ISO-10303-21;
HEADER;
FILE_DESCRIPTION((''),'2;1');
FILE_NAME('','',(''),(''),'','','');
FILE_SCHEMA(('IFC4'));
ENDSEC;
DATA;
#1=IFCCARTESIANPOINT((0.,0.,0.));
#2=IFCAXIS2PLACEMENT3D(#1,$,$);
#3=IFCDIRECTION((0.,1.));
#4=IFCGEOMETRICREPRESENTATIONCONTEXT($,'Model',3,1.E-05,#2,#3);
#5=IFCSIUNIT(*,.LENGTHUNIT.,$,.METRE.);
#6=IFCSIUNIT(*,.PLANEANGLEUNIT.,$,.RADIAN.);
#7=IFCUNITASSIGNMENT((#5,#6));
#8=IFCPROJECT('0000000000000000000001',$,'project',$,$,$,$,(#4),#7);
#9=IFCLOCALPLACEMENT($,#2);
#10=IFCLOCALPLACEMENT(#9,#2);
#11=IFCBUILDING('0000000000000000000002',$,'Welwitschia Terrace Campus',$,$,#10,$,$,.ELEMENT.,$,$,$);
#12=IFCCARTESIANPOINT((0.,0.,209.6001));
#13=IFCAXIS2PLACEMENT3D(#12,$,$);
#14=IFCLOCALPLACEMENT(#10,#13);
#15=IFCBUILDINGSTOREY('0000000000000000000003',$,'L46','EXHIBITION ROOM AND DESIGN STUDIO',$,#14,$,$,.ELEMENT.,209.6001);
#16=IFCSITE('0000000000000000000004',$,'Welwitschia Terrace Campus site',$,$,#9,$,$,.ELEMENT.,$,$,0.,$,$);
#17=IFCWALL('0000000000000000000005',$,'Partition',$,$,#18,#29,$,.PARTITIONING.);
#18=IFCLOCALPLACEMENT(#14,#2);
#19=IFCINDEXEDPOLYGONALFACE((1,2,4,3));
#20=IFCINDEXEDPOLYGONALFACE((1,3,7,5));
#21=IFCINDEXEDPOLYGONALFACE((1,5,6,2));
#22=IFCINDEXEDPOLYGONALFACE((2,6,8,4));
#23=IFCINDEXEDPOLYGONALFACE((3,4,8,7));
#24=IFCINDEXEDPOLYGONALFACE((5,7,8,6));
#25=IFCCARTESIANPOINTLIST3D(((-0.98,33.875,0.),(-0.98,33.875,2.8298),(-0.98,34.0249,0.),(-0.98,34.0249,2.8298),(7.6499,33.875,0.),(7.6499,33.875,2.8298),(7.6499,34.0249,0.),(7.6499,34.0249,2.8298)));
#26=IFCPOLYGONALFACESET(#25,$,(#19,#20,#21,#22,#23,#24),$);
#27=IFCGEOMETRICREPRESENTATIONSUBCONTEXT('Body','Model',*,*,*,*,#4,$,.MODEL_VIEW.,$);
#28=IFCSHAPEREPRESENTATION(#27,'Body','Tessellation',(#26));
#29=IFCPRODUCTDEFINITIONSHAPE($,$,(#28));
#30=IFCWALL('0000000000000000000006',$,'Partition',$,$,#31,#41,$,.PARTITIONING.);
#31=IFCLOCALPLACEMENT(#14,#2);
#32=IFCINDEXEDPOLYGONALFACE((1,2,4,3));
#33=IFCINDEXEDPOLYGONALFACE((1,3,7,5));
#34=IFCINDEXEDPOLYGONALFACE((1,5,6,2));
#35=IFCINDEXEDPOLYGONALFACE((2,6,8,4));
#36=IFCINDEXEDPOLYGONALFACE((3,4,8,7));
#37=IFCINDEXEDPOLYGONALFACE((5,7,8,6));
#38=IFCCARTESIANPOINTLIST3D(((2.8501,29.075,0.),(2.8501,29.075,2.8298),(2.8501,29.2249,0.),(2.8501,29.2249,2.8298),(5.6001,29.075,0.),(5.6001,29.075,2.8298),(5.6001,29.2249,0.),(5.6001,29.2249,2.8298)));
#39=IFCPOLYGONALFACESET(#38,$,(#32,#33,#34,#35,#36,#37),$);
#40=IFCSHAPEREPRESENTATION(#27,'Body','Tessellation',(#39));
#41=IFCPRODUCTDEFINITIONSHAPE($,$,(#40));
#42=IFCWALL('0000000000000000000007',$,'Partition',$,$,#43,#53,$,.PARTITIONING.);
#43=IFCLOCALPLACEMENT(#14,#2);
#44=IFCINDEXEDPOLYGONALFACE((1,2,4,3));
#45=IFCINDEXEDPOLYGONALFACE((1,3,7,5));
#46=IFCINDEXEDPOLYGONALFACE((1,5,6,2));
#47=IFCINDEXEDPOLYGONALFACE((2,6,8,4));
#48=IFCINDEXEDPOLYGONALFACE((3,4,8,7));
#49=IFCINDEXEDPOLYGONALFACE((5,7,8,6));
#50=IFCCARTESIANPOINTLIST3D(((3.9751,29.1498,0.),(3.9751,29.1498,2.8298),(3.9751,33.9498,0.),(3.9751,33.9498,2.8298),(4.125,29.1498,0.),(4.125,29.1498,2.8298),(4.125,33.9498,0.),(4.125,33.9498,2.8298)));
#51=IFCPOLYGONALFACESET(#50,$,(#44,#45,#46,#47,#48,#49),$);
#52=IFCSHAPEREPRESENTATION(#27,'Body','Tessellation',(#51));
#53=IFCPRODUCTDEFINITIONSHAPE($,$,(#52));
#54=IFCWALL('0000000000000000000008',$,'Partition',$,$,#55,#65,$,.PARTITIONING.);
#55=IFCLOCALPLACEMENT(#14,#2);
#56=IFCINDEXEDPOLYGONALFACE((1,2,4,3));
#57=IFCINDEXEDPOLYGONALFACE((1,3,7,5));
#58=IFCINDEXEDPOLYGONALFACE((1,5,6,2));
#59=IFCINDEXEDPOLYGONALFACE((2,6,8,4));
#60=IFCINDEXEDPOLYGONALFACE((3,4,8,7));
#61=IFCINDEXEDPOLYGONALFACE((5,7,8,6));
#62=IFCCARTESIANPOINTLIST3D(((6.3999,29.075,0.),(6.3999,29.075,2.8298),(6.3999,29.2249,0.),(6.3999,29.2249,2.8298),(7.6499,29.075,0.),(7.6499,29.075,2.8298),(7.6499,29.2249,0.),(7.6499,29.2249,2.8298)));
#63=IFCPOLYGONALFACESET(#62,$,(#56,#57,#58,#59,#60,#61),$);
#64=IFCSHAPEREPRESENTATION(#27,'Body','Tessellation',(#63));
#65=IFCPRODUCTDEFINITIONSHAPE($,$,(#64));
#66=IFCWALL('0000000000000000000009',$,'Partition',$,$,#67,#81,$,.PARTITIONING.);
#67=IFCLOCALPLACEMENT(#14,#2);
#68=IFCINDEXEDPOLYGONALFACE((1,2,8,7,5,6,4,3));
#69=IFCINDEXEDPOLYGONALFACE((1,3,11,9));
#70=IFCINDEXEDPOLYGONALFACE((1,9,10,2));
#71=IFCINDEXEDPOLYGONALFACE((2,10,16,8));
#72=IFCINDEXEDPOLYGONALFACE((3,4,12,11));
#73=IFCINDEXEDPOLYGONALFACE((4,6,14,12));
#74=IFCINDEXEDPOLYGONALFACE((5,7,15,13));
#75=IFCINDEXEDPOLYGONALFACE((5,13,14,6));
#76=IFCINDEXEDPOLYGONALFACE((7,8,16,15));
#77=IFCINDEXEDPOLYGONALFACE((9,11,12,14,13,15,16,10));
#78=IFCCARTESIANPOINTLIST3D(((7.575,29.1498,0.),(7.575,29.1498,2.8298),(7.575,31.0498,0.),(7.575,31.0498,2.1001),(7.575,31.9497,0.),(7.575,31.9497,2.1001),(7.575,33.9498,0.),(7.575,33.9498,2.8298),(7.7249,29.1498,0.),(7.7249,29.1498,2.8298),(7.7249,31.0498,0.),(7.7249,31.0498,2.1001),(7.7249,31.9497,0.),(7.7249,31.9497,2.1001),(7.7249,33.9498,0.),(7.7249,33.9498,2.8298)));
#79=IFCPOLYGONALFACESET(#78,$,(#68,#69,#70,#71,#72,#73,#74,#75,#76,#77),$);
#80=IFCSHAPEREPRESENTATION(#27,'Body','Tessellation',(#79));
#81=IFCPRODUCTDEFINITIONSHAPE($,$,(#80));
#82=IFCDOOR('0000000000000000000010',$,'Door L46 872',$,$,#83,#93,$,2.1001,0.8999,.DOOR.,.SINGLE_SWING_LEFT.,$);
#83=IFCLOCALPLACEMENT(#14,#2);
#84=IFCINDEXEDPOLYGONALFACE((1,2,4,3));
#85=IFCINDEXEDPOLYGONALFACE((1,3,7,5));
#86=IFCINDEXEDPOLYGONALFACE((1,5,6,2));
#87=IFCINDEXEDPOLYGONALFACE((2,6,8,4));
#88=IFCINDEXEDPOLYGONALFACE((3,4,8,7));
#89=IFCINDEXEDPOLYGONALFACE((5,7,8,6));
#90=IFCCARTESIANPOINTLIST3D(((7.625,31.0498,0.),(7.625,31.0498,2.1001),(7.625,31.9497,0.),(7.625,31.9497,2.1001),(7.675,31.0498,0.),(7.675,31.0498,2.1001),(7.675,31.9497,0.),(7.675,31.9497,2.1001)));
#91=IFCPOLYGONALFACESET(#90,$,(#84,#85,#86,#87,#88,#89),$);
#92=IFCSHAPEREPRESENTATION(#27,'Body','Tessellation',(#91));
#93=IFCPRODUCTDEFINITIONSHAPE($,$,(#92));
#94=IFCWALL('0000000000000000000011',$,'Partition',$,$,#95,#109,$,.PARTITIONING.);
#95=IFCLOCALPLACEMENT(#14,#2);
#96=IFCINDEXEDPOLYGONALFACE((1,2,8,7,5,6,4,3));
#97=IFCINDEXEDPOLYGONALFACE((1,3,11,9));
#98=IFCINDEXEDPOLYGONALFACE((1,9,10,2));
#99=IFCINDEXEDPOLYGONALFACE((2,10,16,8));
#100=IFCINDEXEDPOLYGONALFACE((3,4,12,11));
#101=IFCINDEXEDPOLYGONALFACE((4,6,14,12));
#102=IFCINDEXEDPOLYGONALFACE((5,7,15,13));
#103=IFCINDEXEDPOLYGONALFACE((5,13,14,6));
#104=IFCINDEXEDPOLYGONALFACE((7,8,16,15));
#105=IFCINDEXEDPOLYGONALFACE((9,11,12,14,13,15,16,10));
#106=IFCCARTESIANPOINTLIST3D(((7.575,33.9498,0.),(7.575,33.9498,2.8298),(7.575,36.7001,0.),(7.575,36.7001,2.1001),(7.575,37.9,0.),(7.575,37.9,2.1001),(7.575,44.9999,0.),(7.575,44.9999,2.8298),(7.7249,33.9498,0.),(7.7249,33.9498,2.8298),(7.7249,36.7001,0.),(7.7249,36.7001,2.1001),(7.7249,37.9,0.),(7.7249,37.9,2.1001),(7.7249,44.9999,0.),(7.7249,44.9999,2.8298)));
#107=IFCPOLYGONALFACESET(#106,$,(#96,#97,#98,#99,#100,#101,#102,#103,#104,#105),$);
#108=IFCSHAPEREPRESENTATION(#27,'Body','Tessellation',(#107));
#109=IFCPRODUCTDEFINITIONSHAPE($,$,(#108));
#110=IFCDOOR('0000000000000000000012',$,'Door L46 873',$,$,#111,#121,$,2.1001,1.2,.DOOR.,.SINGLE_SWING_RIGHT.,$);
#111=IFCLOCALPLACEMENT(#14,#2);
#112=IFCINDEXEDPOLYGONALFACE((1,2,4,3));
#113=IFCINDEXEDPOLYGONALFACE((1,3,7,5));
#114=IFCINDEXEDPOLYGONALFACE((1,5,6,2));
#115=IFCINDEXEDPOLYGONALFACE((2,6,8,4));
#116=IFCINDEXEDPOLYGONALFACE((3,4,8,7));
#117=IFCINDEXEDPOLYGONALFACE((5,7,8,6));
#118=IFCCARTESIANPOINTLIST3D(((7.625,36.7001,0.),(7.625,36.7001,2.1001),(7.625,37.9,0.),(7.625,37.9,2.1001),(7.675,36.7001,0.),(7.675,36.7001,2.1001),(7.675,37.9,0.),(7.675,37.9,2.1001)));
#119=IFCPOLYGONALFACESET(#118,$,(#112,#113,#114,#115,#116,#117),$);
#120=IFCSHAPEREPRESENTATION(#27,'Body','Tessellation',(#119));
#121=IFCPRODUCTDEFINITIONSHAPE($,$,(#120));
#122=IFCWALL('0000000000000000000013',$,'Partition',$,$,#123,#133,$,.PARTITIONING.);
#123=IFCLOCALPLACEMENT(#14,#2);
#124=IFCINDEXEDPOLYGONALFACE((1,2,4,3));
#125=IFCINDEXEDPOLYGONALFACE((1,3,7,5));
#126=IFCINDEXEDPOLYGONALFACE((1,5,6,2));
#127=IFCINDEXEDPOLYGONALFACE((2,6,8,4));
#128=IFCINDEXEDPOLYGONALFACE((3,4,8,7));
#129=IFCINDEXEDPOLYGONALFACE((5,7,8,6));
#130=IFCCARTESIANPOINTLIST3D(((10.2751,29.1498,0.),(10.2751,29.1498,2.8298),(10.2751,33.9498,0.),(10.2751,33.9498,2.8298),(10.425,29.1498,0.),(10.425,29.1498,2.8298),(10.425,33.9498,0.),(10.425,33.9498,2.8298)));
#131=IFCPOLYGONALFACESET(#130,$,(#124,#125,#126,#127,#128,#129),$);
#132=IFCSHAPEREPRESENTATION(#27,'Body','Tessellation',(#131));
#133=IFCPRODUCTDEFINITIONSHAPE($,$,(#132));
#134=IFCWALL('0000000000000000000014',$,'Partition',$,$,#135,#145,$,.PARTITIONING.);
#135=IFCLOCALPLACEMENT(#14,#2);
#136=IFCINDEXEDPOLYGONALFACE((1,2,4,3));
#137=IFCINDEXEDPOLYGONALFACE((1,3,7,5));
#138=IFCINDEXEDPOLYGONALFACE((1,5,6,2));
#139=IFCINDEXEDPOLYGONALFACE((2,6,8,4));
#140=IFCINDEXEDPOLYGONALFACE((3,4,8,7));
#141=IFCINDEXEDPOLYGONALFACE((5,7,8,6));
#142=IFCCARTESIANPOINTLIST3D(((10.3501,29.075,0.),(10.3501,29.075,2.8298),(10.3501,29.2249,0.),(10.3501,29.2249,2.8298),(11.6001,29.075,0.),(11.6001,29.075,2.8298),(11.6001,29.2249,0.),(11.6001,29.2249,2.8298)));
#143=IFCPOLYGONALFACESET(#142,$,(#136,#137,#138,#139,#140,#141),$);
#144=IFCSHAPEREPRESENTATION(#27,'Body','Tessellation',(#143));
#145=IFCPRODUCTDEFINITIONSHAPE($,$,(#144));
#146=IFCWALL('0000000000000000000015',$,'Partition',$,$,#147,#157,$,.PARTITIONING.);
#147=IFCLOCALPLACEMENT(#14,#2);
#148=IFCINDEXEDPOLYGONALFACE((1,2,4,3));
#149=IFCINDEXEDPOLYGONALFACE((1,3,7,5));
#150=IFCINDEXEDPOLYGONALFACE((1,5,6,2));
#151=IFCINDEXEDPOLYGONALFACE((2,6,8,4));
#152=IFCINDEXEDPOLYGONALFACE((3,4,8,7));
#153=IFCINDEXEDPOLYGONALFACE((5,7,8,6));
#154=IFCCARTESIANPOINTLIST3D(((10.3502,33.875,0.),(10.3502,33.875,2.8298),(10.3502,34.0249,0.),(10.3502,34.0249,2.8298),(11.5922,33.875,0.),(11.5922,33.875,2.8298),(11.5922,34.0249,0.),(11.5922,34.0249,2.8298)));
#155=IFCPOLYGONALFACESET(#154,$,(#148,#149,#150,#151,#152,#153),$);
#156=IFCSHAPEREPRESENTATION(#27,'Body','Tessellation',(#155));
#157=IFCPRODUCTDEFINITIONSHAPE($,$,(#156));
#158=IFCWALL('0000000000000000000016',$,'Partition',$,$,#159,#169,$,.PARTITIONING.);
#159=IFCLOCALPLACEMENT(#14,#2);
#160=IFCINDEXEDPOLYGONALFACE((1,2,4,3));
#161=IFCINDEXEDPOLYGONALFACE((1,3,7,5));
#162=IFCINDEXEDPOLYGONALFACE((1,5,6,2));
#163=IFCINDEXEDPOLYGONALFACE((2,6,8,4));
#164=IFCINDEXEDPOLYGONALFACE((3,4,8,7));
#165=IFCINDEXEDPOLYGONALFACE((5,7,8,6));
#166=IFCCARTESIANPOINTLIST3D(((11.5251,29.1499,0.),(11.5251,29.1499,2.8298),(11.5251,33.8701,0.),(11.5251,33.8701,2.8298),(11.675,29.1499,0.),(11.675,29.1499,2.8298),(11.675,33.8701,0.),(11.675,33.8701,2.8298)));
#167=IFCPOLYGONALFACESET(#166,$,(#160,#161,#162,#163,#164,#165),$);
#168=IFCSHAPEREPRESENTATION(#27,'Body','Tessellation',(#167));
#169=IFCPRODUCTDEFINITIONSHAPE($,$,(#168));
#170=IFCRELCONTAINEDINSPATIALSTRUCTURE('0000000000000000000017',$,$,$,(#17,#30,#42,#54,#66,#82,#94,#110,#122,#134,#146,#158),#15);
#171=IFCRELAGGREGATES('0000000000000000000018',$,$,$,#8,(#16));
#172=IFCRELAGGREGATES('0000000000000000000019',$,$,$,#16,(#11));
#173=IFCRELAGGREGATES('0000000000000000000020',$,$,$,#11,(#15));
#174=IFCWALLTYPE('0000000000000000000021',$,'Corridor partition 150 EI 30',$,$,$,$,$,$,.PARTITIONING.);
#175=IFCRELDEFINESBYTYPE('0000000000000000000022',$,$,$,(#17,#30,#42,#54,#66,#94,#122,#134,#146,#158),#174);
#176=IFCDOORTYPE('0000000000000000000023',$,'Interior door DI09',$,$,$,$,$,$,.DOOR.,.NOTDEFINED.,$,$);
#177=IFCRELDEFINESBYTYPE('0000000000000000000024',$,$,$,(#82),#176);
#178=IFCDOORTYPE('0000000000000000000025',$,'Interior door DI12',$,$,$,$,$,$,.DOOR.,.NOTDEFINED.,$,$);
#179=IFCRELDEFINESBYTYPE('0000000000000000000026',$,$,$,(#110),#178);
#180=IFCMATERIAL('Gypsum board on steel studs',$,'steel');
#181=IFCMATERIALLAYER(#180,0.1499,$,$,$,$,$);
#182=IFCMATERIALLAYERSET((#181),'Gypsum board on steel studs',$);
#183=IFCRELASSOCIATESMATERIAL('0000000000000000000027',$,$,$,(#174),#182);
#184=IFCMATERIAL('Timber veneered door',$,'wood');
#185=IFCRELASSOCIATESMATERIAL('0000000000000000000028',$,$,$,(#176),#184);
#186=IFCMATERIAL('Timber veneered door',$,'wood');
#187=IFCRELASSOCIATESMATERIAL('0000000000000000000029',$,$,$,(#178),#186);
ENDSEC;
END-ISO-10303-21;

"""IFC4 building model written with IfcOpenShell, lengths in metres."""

from ifc_helpers import new_model, si_unit, direction, frame, frame_2d, origin, place, context, subcontext, project, spatial, rectangle, extrude, material, layer, layer_set, type_object, element, fill, save


model = new_model("IFC4")

# Units and contexts
model_context = context("Model", 3, precision=1e-05, world=origin(), true_north=direction((0.0, 1.0)))
body_context = subcontext(model_context, "Body", "Model", "MODEL_VIEW")
ifc_project = project(units=[si_unit("LENGTHUNIT", "METRE"), si_unit("PLANEANGLEUNIT", "RADIAN")], contexts=[model_context])

# Site, building, storey
site_placement = place(None, origin())
site = spatial("IfcSite", under=ifc_project, at=site_placement, Name="Welwitschia Terrace Campus site", CompositionType="ELEMENT", RefElevation=0.0)
building_placement = place(site_placement, origin())
building = spatial("IfcBuilding", under=site, at=building_placement, Name="Welwitschia Terrace Campus", CompositionType="ELEMENT")
storey_placement = place(building_placement, frame((0.0, 0.0, 209.6001)))
storey = spatial("IfcBuildingStorey", under=building, at=storey_placement, Name="L46", Description="EXHIBITION ROOM AND DESIGN STUDIO", CompositionType="ELEMENT", Elevation=209.6001)

# Walls
ifc_material_1 = material(Name="Gypsum board on steel studs", Category="steel")
ifc_layer_1 = layer(ifc_material_1, 0.1499)
ifc_layer_set_1 = layer_set([ifc_layer_1], Name="Gypsum board on steel studs")
wall_type = type_object("IfcWallType", Name="Corridor partition 150 EI 30", PredefinedType="PARTITIONING", material=ifc_layer_set_1)
wall_1_placement = place(storey_placement, frame((-0.98, 33.95, 0.0), z_axis=(0.0, 0.0, 1.0), x_axis=(1.0, 0.0, 0.0)))
element("IfcWall", 1, at=wall_1_placement, inside=storey, type_object=wall_type, Name="Partition", PredefinedType="PARTITIONING", context=body_context, shape_type="SweptSolid", body=[
    extrude(rectangle(XDim=8.6299, YDim=0.1499, at=frame_2d((4.3149, 0.0))), origin(), (0.0, 0.0, 1.0), 2.8298),
])
wall_2_placement = place(storey_placement, frame((2.8501, 29.1499, 0.0), z_axis=(0.0, 0.0, 1.0), x_axis=(1.0, 0.0, 0.0)))
element("IfcWall", 2, at=wall_2_placement, inside=storey, type_object=wall_type, Name="Partition", PredefinedType="PARTITIONING", context=body_context, shape_type="SweptSolid", body=[
    extrude(rectangle(XDim=2.75, YDim=0.1499, at=frame_2d((1.375, 0.0))), origin(), (0.0, 0.0, 1.0), 2.8298),
])
wall_3_placement = place(storey_placement, frame((4.05, 29.1499, 0.0), z_axis=(0.0, 0.0, 1.0), x_axis=(0.0, 1.0, 0.0)))
element("IfcWall", 3, at=wall_3_placement, inside=storey, type_object=wall_type, Name="Partition", PredefinedType="PARTITIONING", context=body_context, shape_type="SweptSolid", body=[
    extrude(rectangle(XDim=4.8, YDim=0.1499, at=frame_2d((2.3999, 0.0))), origin(), (0.0, 0.0, 1.0), 2.8298),
])
wall_4_placement = place(storey_placement, frame((6.3999, 29.1499, 0.0), z_axis=(0.0, 0.0, 1.0), x_axis=(1.0, 0.0, 0.0)))
element("IfcWall", 4, at=wall_4_placement, inside=storey, type_object=wall_type, Name="Partition", PredefinedType="PARTITIONING", context=body_context, shape_type="SweptSolid", body=[
    extrude(rectangle(XDim=1.25, YDim=0.1499, at=frame_2d((0.625, 0.0))), origin(), (0.0, 0.0, 1.0), 2.8298),
])

# Walls, openings, doors
wall_5_placement = place(storey_placement, frame((7.6499, 29.1499, 0.0), z_axis=(0.0, 0.0, 1.0), x_axis=(0.0, 1.0, 0.0)))
wall_5 = element("IfcWall", 5, at=wall_5_placement, inside=storey, type_object=wall_type, Name="Partition", PredefinedType="PARTITIONING", context=body_context, shape_type="SweptSolid", body=[
    extrude(rectangle(XDim=4.8, YDim=0.1499, at=frame_2d((2.3999, 0.0))), origin(), (0.0, 0.0, 1.0), 2.8298),
])
opening_1_placement = place(wall_5_placement, frame((1.8999, 0.0, 0.0)))
opening_1 = element("IfcOpeningElement", 6, at=opening_1_placement, cuts=wall_5, PredefinedType="OPENING", context=body_context, shape_type="SweptSolid", body=[
    extrude(rectangle(XDim=0.8999, YDim=2.1001, at=frame_2d((0.45, 1.05))), frame((0.0, 0.085, 0.0), z_axis=(0.0, -1.0, 0.0), x_axis=(1.0, 0.0, 0.0)), (0.0, 0.0, 1.0), 0.1699),
])
ifc_material_2 = material(Name="Timber veneered door", Category="wood")
door_type_1 = type_object("IfcDoorType", Name="Interior door DI09", OperationType="NOTDEFINED", PredefinedType="DOOR", material=ifc_material_2)
door_1_placement = place(opening_1_placement, origin())
door_1 = element("IfcDoor", 7, at=door_1_placement, inside=storey, type_object=door_type_1, Name="Door L46 872", OperationType="SINGLE_SWING_LEFT", OverallHeight=2.1001, OverallWidth=0.8999, PredefinedType="DOOR", context=body_context, shape_type="SweptSolid", body=[
    extrude(rectangle(XDim=0.8999, YDim=2.1001, at=frame_2d((0.45, 1.05))), frame((0.0, 0.0249, 0.0), z_axis=(0.0, -1.0, 0.0), x_axis=(1.0, 0.0, 0.0)), (0.0, 0.0, 1.0), 0.05),
])
fill(opening_1, door_1)
wall_6_placement = place(storey_placement, frame((7.6499, 33.95, 0.0), z_axis=(0.0, 0.0, 1.0), x_axis=(0.0, 1.0, 0.0)))
wall_6 = element("IfcWall", 8, at=wall_6_placement, inside=storey, type_object=wall_type, Name="Partition", PredefinedType="PARTITIONING", context=body_context, shape_type="SweptSolid", body=[
    extrude(rectangle(XDim=11.05, YDim=0.1499, at=frame_2d((5.5249, 0.0))), origin(), (0.0, 0.0, 1.0), 2.8298),
])
opening_2_placement = place(wall_6_placement, frame((2.75, 0.0, 0.0)))
opening_2 = element("IfcOpeningElement", 9, at=opening_2_placement, cuts=wall_6, PredefinedType="OPENING", context=body_context, shape_type="SweptSolid", body=[
    extrude(rectangle(XDim=1.2, YDim=2.1001, at=frame_2d((0.6001, 1.05))), frame((0.0, 0.085, 0.0), z_axis=(0.0, -1.0, 0.0), x_axis=(1.0, 0.0, 0.0)), (0.0, 0.0, 1.0), 0.1699),
])
ifc_material_3 = material(Name="Timber veneered door", Category="wood")
door_type_2 = type_object("IfcDoorType", Name="Interior door DI12", OperationType="NOTDEFINED", PredefinedType="DOOR", material=ifc_material_3)
door_2_placement = place(opening_2_placement, origin())
door_2 = element("IfcDoor", 10, at=door_2_placement, inside=storey, type_object=door_type_2, Name="Door L46 873", OperationType="SINGLE_SWING_RIGHT", OverallHeight=2.1001, OverallWidth=1.2, PredefinedType="DOOR", context=body_context, shape_type="SweptSolid", body=[
    extrude(rectangle(XDim=1.2, YDim=2.1001, at=frame_2d((0.6001, 1.05))), frame((0.0, 0.0249, 0.0), z_axis=(0.0, -1.0, 0.0), x_axis=(1.0, 0.0, 0.0)), (0.0, 0.0, 1.0), 0.05),
])
fill(opening_2, door_2)

# Walls
wall_7_placement = place(storey_placement, frame((10.3501, 29.1499, 0.0), z_axis=(0.0, 0.0, 1.0), x_axis=(0.0, 1.0, 0.0)))
element("IfcWall", 11, at=wall_7_placement, inside=storey, type_object=wall_type, Name="Partition", PredefinedType="PARTITIONING", context=body_context, shape_type="SweptSolid", body=[
    extrude(rectangle(XDim=4.8, YDim=0.1499, at=frame_2d((2.3999, 0.0))), origin(), (0.0, 0.0, 1.0), 2.8298),
])
wall_8_placement = place(storey_placement, frame((10.3501, 29.1499, 0.0), z_axis=(0.0, 0.0, 1.0), x_axis=(1.0, 0.0, 0.0)))
element("IfcWall", 12, at=wall_8_placement, inside=storey, type_object=wall_type, Name="Partition", PredefinedType="PARTITIONING", context=body_context, shape_type="SweptSolid", body=[
    extrude(rectangle(XDim=1.25, YDim=0.1499, at=frame_2d((0.625, 0.0))), origin(), (0.0, 0.0, 1.0), 2.8298),
])
wall_9_placement = place(storey_placement, frame((10.3501, 33.95, 0.0), z_axis=(0.0, 0.0, 1.0), x_axis=(1.0, 0.0, 0.0)))
element("IfcWall", 13, at=wall_9_placement, inside=storey, type_object=wall_type, Name="Partition", PredefinedType="PARTITIONING", context=body_context, shape_type="SweptSolid", body=[
    extrude(rectangle(XDim=1.2419, YDim=0.1499, at=frame_2d((0.6211, 0.0))), origin(), (0.0, 0.0, 1.0), 2.8298),
])
wall_10_placement = place(storey_placement, frame((11.6001, 29.1499, 0.0), z_axis=(0.0, 0.0, 1.0), x_axis=(0.0, 1.0, 0.0)))
element("IfcWall", 14, at=wall_10_placement, inside=storey, type_object=wall_type, Name="Partition", PredefinedType="PARTITIONING", context=body_context, shape_type="SweptSolid", body=[
    extrude(rectangle(XDim=4.7202, YDim=0.1499, at=frame_2d((2.3601, 0.0))), origin(), (0.0, 0.0, 1.0), 2.8298),
])

save(model, "model.ifc")
